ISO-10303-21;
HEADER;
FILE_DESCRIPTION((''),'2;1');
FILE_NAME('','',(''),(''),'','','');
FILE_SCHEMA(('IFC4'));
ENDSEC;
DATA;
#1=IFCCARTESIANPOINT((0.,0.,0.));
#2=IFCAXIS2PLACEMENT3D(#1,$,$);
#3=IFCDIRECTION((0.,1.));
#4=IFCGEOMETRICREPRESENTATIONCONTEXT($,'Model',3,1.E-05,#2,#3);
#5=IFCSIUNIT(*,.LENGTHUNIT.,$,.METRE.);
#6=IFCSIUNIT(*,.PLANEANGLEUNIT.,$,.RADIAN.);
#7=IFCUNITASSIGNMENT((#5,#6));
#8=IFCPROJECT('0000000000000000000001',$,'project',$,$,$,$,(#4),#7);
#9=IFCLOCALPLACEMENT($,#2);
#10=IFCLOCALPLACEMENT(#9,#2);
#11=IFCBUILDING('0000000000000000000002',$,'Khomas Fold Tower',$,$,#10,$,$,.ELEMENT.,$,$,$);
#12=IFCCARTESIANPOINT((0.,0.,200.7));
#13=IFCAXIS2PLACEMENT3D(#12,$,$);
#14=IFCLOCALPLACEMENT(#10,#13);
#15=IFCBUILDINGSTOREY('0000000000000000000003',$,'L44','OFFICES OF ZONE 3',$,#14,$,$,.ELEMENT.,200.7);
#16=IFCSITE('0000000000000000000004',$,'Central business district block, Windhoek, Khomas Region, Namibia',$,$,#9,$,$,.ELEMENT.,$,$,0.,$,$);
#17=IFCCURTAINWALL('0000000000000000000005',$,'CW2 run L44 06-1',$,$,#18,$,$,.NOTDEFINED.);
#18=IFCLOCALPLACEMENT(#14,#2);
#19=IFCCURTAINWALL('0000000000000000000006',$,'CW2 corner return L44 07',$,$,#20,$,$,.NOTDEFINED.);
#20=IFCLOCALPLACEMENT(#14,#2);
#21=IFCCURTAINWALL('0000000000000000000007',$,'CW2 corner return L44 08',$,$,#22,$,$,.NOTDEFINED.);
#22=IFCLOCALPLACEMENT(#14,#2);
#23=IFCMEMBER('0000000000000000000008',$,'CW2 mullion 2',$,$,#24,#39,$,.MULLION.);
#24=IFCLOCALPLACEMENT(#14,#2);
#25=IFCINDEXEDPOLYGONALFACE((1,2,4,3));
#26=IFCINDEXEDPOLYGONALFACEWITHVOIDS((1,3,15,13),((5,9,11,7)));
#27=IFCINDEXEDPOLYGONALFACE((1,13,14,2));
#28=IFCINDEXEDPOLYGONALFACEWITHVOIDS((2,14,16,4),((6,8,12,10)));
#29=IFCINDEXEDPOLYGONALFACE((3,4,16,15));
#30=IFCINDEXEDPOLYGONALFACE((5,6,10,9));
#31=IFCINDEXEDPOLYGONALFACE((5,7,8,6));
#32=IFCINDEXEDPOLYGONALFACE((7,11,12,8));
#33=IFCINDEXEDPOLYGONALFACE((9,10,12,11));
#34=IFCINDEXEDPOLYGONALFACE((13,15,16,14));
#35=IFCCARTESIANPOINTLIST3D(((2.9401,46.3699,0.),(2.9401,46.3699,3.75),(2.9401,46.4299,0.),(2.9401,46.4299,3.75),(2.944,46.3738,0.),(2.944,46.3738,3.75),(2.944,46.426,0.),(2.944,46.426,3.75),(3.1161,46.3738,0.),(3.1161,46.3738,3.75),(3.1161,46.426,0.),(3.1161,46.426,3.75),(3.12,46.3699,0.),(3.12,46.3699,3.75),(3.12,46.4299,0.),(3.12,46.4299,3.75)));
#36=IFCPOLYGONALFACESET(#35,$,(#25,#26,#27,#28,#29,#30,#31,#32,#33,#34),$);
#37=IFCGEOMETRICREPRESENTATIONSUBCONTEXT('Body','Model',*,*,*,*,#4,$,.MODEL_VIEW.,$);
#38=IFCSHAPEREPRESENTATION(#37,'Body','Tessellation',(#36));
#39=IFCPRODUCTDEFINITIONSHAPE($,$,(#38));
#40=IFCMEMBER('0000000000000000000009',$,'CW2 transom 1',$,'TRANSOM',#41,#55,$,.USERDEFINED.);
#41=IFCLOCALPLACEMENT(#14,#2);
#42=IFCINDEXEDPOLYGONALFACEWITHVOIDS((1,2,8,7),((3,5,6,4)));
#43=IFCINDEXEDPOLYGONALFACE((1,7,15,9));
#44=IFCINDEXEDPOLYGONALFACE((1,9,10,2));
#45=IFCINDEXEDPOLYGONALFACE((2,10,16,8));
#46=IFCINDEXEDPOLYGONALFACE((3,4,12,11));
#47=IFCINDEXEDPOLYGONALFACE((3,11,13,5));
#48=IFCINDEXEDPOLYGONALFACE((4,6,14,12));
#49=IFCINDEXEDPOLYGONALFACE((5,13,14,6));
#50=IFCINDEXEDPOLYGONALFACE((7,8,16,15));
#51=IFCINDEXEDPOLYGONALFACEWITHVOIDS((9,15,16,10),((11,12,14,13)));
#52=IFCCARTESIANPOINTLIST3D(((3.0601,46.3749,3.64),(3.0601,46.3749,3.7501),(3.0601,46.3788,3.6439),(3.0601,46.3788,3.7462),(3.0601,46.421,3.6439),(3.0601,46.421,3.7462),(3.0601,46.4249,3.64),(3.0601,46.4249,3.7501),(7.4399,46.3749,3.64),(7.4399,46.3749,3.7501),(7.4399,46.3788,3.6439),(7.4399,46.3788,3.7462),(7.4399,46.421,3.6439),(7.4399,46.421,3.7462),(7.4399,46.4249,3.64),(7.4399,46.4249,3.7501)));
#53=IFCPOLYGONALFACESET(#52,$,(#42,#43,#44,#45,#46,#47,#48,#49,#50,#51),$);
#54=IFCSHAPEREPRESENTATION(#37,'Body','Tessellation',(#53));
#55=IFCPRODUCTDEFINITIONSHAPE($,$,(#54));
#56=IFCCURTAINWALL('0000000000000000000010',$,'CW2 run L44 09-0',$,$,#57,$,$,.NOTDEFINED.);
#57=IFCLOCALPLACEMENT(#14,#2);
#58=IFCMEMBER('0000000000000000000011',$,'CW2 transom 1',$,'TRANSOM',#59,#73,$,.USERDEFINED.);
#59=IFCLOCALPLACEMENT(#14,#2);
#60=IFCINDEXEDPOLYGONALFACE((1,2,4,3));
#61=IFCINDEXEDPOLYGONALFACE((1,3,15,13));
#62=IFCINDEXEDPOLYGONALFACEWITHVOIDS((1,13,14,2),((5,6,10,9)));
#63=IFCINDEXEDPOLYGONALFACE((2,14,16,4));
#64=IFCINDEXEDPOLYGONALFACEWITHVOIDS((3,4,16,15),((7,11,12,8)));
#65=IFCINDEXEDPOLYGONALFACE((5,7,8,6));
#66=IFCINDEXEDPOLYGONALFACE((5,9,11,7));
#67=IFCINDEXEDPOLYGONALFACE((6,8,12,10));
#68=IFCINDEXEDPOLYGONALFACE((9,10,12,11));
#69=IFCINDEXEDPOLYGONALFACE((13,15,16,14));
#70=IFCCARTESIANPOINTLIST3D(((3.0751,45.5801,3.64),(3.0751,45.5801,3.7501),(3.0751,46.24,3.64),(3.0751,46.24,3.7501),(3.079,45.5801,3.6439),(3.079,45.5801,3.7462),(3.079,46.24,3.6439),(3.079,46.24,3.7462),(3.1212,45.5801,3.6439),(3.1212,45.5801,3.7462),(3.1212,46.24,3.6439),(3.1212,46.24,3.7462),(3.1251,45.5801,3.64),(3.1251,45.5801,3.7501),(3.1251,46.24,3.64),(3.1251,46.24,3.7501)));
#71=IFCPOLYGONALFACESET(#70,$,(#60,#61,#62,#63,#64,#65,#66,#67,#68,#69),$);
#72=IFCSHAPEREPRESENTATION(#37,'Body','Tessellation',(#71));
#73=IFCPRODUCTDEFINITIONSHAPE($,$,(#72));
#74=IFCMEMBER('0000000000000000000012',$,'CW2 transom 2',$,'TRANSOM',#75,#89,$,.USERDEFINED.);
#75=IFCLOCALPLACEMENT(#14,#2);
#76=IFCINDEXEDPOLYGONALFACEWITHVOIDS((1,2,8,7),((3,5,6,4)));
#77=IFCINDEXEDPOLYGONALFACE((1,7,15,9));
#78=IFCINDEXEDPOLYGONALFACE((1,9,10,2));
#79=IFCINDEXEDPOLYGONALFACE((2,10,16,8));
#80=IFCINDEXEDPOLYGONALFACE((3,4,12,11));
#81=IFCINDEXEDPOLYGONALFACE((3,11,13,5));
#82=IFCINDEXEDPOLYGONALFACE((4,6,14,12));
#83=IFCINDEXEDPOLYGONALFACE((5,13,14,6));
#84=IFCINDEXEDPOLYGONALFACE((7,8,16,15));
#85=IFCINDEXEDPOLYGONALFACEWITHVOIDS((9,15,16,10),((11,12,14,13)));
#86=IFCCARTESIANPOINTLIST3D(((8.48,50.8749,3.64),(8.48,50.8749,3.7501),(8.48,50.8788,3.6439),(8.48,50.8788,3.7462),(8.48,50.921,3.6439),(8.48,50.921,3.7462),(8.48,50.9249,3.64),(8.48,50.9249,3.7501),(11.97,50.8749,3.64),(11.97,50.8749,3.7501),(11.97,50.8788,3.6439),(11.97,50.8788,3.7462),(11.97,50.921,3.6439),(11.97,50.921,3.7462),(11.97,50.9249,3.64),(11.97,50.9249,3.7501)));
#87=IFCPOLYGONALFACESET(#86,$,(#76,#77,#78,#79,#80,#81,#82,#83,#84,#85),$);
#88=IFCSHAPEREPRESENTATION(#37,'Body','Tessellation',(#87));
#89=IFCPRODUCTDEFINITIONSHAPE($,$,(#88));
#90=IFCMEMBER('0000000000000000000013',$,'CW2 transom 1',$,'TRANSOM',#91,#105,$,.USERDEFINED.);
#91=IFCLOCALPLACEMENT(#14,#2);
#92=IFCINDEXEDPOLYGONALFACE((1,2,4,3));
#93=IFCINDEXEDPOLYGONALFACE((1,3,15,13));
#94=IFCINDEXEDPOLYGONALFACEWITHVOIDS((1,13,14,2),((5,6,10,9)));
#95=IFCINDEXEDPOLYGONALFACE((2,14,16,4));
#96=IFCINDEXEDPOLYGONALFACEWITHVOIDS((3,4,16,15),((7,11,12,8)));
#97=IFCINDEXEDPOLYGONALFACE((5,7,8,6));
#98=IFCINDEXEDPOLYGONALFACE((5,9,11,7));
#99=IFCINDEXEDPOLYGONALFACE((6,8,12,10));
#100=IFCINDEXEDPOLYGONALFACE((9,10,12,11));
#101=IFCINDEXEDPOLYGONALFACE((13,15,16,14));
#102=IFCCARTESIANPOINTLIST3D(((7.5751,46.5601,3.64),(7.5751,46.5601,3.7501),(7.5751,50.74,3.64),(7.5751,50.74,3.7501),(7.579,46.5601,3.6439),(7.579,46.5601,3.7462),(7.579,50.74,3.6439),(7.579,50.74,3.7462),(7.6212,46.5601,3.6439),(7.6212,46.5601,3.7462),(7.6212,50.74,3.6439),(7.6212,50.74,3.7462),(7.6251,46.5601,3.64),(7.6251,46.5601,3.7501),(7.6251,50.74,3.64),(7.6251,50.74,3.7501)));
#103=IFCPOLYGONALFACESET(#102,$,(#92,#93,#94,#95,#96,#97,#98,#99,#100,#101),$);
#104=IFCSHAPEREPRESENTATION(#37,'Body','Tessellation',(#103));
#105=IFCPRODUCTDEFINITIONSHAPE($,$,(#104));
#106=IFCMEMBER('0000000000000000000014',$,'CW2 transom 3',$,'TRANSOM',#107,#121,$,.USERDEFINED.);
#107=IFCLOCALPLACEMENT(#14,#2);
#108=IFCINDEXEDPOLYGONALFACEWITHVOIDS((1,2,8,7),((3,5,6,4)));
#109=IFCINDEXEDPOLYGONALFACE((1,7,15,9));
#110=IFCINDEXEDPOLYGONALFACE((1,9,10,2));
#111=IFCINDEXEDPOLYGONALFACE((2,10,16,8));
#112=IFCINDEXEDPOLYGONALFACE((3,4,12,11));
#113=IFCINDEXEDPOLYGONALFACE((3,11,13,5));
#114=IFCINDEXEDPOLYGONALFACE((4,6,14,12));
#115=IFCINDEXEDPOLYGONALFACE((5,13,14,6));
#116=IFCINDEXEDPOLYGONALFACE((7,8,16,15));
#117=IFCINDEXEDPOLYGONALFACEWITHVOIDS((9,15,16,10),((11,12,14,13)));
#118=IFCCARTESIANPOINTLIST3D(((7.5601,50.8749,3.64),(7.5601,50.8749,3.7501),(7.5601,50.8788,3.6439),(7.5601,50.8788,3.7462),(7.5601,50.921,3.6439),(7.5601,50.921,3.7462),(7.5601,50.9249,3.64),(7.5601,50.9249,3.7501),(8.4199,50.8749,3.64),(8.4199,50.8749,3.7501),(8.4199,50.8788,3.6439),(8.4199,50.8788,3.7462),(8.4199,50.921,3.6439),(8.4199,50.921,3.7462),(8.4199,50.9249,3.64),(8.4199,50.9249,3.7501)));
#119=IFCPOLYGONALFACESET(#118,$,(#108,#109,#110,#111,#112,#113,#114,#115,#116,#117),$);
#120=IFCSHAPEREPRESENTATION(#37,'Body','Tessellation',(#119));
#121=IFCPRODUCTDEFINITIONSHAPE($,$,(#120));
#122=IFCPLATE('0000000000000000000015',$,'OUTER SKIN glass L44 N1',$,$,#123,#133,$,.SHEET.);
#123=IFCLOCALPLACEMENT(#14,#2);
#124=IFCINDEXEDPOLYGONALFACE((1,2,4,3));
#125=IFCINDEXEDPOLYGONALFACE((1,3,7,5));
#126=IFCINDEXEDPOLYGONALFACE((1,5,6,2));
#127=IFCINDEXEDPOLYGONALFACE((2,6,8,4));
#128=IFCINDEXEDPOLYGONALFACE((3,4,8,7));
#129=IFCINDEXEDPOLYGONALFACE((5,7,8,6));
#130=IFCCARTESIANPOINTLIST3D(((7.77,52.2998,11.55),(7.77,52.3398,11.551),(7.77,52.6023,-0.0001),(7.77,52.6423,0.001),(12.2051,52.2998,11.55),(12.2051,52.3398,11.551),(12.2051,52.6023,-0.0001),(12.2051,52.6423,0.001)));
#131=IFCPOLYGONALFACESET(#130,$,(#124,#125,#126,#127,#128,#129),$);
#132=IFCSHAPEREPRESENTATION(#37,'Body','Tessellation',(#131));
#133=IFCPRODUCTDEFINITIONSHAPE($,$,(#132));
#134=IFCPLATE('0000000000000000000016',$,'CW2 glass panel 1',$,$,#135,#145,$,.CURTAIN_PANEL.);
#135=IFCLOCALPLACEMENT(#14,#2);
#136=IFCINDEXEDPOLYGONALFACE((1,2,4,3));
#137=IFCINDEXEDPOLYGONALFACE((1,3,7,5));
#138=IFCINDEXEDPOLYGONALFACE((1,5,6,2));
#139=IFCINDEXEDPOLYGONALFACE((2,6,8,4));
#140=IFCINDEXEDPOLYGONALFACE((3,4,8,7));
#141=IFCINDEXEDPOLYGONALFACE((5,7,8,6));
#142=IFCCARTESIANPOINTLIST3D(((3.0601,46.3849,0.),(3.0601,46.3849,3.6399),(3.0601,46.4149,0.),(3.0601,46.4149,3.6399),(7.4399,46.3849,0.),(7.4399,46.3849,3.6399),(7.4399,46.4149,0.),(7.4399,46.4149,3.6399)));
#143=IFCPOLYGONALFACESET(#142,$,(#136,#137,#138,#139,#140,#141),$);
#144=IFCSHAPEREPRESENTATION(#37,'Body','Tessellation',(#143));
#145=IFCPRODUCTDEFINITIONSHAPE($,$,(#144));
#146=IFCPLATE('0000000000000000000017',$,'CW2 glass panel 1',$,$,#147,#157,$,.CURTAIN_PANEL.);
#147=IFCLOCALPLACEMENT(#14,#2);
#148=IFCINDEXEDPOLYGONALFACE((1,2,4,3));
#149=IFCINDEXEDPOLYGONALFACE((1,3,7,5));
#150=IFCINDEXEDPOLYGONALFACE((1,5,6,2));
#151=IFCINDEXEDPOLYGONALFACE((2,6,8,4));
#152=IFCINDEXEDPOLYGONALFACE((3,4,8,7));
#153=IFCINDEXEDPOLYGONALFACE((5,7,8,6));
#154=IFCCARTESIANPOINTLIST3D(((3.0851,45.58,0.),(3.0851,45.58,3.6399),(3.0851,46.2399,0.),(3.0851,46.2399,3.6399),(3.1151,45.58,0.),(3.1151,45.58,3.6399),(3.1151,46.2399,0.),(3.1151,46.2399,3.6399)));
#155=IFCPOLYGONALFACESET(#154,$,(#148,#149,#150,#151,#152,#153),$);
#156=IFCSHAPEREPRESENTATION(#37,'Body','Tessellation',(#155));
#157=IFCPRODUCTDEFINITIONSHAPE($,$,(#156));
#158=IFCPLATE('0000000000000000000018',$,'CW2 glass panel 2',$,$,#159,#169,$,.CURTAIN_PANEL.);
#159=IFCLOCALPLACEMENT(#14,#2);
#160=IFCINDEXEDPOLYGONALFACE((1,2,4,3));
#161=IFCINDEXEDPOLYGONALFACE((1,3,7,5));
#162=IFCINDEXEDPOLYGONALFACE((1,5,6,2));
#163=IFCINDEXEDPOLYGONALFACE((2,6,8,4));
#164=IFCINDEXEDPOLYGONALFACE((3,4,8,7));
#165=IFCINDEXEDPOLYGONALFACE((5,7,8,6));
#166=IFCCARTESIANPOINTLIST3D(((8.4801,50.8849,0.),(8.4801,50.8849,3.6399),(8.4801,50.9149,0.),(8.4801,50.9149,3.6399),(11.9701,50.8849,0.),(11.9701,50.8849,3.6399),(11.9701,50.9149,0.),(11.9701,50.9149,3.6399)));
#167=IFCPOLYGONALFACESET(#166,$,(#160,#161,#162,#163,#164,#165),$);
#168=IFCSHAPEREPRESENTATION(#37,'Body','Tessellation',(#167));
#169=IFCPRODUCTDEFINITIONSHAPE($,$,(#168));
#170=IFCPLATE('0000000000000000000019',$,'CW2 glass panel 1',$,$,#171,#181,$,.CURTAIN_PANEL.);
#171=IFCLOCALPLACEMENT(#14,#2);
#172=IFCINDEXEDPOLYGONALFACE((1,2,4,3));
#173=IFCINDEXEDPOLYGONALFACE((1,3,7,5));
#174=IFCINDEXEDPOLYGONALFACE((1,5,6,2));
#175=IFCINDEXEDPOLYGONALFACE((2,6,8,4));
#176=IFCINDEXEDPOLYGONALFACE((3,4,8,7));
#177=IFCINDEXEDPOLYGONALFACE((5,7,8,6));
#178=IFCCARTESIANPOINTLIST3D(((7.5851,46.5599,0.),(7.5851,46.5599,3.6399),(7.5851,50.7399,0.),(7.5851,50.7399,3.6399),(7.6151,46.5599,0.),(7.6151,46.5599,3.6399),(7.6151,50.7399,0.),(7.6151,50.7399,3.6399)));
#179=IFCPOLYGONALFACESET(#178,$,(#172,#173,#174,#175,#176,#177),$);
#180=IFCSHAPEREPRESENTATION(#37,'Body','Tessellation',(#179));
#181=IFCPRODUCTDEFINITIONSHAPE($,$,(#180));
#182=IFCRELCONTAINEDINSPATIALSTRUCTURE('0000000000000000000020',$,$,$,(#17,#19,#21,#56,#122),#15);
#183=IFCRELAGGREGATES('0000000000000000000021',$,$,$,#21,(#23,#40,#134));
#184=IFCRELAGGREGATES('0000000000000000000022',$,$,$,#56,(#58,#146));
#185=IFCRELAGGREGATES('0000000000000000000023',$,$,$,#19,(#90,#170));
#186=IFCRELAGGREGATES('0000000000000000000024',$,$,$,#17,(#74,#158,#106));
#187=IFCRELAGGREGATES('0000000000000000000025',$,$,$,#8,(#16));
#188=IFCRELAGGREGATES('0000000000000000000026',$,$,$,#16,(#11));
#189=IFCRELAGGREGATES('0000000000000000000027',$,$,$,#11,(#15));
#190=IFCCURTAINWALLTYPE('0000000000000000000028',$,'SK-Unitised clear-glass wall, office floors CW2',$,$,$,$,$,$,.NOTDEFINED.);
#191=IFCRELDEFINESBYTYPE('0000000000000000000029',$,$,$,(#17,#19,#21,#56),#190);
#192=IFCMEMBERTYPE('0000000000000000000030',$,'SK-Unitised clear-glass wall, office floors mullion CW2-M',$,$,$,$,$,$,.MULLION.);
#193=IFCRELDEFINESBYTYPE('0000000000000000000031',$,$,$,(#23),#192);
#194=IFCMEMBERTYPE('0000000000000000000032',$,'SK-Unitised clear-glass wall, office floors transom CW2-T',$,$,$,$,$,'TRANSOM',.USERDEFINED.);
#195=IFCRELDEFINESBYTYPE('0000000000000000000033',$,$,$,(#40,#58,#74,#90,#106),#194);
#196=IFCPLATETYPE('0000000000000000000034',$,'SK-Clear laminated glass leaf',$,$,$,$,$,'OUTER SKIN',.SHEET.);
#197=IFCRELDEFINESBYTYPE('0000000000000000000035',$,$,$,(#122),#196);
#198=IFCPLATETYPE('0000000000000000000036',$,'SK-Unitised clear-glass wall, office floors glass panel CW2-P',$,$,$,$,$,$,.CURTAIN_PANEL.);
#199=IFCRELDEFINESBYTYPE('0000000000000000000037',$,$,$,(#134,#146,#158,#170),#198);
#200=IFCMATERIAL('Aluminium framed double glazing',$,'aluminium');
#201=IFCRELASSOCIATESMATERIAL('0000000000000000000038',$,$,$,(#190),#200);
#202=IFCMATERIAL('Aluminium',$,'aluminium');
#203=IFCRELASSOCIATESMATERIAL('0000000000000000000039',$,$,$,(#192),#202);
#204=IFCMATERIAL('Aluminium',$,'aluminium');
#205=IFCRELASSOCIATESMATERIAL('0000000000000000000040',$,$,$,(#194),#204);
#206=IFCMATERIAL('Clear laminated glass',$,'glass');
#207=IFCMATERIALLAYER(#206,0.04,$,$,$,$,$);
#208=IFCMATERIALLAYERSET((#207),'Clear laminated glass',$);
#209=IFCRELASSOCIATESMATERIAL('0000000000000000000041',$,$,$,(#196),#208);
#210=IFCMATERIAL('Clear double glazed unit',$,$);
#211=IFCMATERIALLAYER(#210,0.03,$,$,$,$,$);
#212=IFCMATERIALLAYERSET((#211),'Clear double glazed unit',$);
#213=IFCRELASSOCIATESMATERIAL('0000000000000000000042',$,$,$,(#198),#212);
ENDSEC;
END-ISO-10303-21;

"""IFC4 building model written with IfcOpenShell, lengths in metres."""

from ifc_helpers import new_model, si_unit, direction, frame, origin, origin_2d, place, context, subcontext, project, spatial, polyline, rectangle, hollow_rectangle, outline, extrude, source, transform, mapped, material, layer, layer_set, material_profile, profile_set, type_object, element, aggregate, save


model = new_model("IFC4")

# Units and contexts
model_context = context("Model", 3, precision=1e-05, world=origin(), true_north=direction((0.0, 1.0)))
body_context = subcontext(model_context, "Body", "Model", "MODEL_VIEW")
ifc_project = project(units=[si_unit("LENGTHUNIT", "METRE"), si_unit("PLANEANGLEUNIT", "RADIAN")], contexts=[model_context])

# Site, building, storey
site_placement = place(None, origin())
site = spatial("IfcSite", under=ifc_project, at=site_placement, Name="Central business district block, Windhoek, Khomas Region, Namibia", CompositionType="ELEMENT", RefElevation=0.0)
building_placement = place(site_placement, origin())
building = spatial("IfcBuilding", under=site, at=building_placement, Name="Khomas Fold Tower", CompositionType="ELEMENT")
storey_placement = place(building_placement, frame((0.0, 0.0, 200.7)))
storey = spatial("IfcBuildingStorey", under=building, at=storey_placement, Name="L44", Description="OFFICES OF ZONE 3", CompositionType="ELEMENT", Elevation=200.7)

# Curtain walls, members
ifc_material_1 = material(Name="Aluminium framed double glazing", Category="aluminium")
curtain_wall_type = type_object("IfcCurtainWallType", Name="SK-Unitised clear-glass wall, office floors CW2", PredefinedType="NOTDEFINED", material=ifc_material_1)
curtain_wall_1_placement = place(storey_placement, origin())
curtain_wall_1 = element("IfcCurtainWall", 1, at=curtain_wall_1_placement, inside=storey, type_object=curtain_wall_type, Name="CW2 run L44 06-1", PredefinedType="NOTDEFINED")
ifc_material_2 = material(Name="Aluminium", Category="aluminium")
ifc_material_profile_1 = material_profile(ifc_material_2, hollow_rectangle(XDim=0.0601, YDim=0.1799, WallThickness=0.0039, at=origin_2d()), Name="SK-Unitised clear-glass wall, office floors mullion CW2-M")
ifc_profile_set_1 = profile_set([ifc_material_profile_1], Name="Aluminium")
member_type_1 = type_object("IfcMemberType", Name="SK-Unitised clear-glass wall, office floors mullion CW2-M", PredefinedType="MULLION", material=ifc_profile_set_1)
shared_shape_1 = source(origin(), body_context, "Body", "SweptSolid", [
    extrude(hollow_rectangle(XDim=0.0601, YDim=0.1799, WallThickness=0.0039, at=origin_2d()), origin(), (0.0, 0.0, 1.0), 3.75),
])
curtain_wall_2_placement = place(storey_placement, origin())
curtain_wall_2 = element("IfcCurtainWall", 2, at=curtain_wall_2_placement, inside=storey, type_object=curtain_wall_type, Name="CW2 corner return L44 07", PredefinedType="NOTDEFINED")
curtain_wall_3_placement = place(storey_placement, origin())
curtain_wall_3 = element("IfcCurtainWall", 3, at=curtain_wall_3_placement, inside=storey, type_object=curtain_wall_type, Name="CW2 corner return L44 08", PredefinedType="NOTDEFINED")
member_1_placement = place(storey_placement, frame((3.03, 46.3999, 0.0), z_axis=(0.0, 0.0, 1.0), x_axis=(0.0, -1.0, 0.0)))
member_1 = element("IfcMember", 4, at=member_1_placement, type_object=member_type_1, Name="CW2 mullion 2", PredefinedType="MULLION", context=body_context, shape_type="MappedRepresentation", body=[
    mapped(shared_shape_1, transform((0.0, 0.0, 0.0))),
])
ifc_material_3 = material(Name="Aluminium", Category="aluminium")
ifc_material_profile_2 = material_profile(ifc_material_3, hollow_rectangle(XDim=0.05, YDim=0.1101, WallThickness=0.0039, at=origin_2d()), Name="SK-Unitised clear-glass wall, office floors transom CW2-T")
ifc_profile_set_2 = profile_set([ifc_material_profile_2], Name="Aluminium")
member_type_2 = type_object("IfcMemberType", Name="SK-Unitised clear-glass wall, office floors transom CW2-T", ElementType="TRANSOM", PredefinedType="USERDEFINED", material=ifc_profile_set_2)
shared_shape_2 = source(origin(), body_context, "Body", "SweptSolid", [
    extrude(hollow_rectangle(XDim=0.05, YDim=0.1101, WallThickness=0.0039, at=origin_2d()), origin(), (0.0, 0.0, 1.0), 4.3799),
])
member_2_placement = place(storey_placement, frame((7.4399, 46.3999, 3.6951), z_axis=(-1.0, 0.0, 0.0), x_axis=(0.0, -1.0, 0.0)))
member_2 = element("IfcMember", 5, at=member_2_placement, type_object=member_type_2, Name="CW2 transom 1", ObjectType="TRANSOM", PredefinedType="USERDEFINED", context=body_context, shape_type="MappedRepresentation", body=[
    mapped(shared_shape_2, transform((0.0, 0.0, 0.0))),
])

# Curtain wall, member
curtain_wall_4_placement = place(storey_placement, origin())
curtain_wall_4 = element("IfcCurtainWall", 6, at=curtain_wall_4_placement, inside=storey, type_object=curtain_wall_type, Name="CW2 run L44 09-0", PredefinedType="NOTDEFINED")
shared_shape_3 = source(origin(), body_context, "Body", "SweptSolid", [
    extrude(hollow_rectangle(XDim=0.05, YDim=0.1101, WallThickness=0.0039, at=origin_2d()), origin(), (0.0, 0.0, 1.0), 0.6599),
])
member_3_placement = place(storey_placement, frame((3.1001, 46.24, 3.6951), z_axis=(0.0, -1.0, 0.0), x_axis=(1.0, 0.0, 0.0)))
member_3 = element("IfcMember", 7, at=member_3_placement, type_object=member_type_2, Name="CW2 transom 1", ObjectType="TRANSOM", PredefinedType="USERDEFINED", context=body_context, shape_type="MappedRepresentation", body=[
    mapped(shared_shape_3, transform((0.0, 0.0, 0.0))),
])

# Members
shared_shape_4 = source(origin(), body_context, "Body", "SweptSolid", [
    extrude(hollow_rectangle(XDim=0.05, YDim=0.1101, WallThickness=0.0039, at=origin_2d()), origin(), (0.0, 0.0, 1.0), 3.49),
])
member_4_placement = place(storey_placement, frame((11.97, 50.8999, 3.6951), z_axis=(-1.0, 0.0, 0.0), x_axis=(0.0, -1.0, 0.0)))
member_4 = element("IfcMember", 8, at=member_4_placement, type_object=member_type_2, Name="CW2 transom 2", ObjectType="TRANSOM", PredefinedType="USERDEFINED", context=body_context, shape_type="MappedRepresentation", body=[
    mapped(shared_shape_4, transform((0.0, 0.0, 0.0))),
])
shared_shape_5 = source(origin(), body_context, "Body", "SweptSolid", [
    extrude(hollow_rectangle(XDim=0.05, YDim=0.1101, WallThickness=0.0039, at=origin_2d()), origin(), (0.0, 0.0, 1.0), 4.1799),
])
member_5_placement = place(storey_placement, frame((7.6001, 50.74, 3.6951), z_axis=(0.0, -1.0, 0.0), x_axis=(1.0, 0.0, 0.0)))
member_5 = element("IfcMember", 9, at=member_5_placement, type_object=member_type_2, Name="CW2 transom 1", ObjectType="TRANSOM", PredefinedType="USERDEFINED", context=body_context, shape_type="MappedRepresentation", body=[
    mapped(shared_shape_5, transform((0.0, 0.0, 0.0))),
])
shared_shape_6 = source(origin(), body_context, "Body", "SweptSolid", [
    extrude(hollow_rectangle(XDim=0.05, YDim=0.1101, WallThickness=0.0039, at=origin_2d()), origin(), (0.0, 0.0, 1.0), 0.8599),
])
member_6_placement = place(storey_placement, frame((8.4199, 50.8999, 3.6951), z_axis=(-1.0, 0.0, 0.0), x_axis=(0.0, -1.0, 0.0)))
member_6 = element("IfcMember", 10, at=member_6_placement, type_object=member_type_2, Name="CW2 transom 3", ObjectType="TRANSOM", PredefinedType="USERDEFINED", context=body_context, shape_type="MappedRepresentation", body=[
    mapped(shared_shape_6, transform((0.0, 0.0, 0.0))),
])

# Plates
ifc_material_4 = material(Name="Clear laminated glass", Category="glass")
ifc_layer_1 = layer(ifc_material_4, 0.04)
ifc_layer_set_1 = layer_set([ifc_layer_1], Name="Clear laminated glass")
plate_type_1 = type_object("IfcPlateType", Name="SK-Clear laminated glass leaf", ElementType="OUTER SKIN", PredefinedType="SHEET", material=ifc_layer_set_1)
plate_1_placement = place(storey_placement, frame((7.77, 52.6423, 0.001), z_axis=(0.0, 0.999657, 0.026181), x_axis=(1.0, 0.0, 0.0)))
element("IfcPlate", 11, at=plate_1_placement, inside=storey, type_object=plate_type_1, Name="OUTER SKIN glass L44 N1", PredefinedType="SHEET", context=body_context, shape_type="SweptSolid", body=[
    extrude(outline(polyline([(0.0, 0.0), (4.4351, 0.0), (4.4351, -11.554), (0.0, -11.554), (0.0, 0.0)])), origin(), (0.0, 0.0, -1.0), 0.04),
])
ifc_material_5 = material(Name="Clear double glazed unit")
ifc_layer_2 = layer(ifc_material_5, 0.03)
ifc_layer_set_2 = layer_set([ifc_layer_2], Name="Clear double glazed unit")
plate_type_2 = type_object("IfcPlateType", Name="SK-Unitised clear-glass wall, office floors glass panel CW2-P", PredefinedType="CURTAIN_PANEL", material=ifc_layer_set_2)
shared_shape_7 = source(origin(), body_context, "Body", "SweptSolid", [
    extrude(rectangle(XDim=4.3799, YDim=0.03, at=origin_2d()), origin(), (0.0, 0.0, 1.0), 3.6399),
])
plate_2_placement = place(storey_placement, frame((5.25, 46.3999, 0.0), z_axis=(0.0, 0.0, 1.0), x_axis=(-1.0, 0.0, 0.0)))
plate_2 = element("IfcPlate", 12, at=plate_2_placement, type_object=plate_type_2, Name="CW2 glass panel 1", PredefinedType="CURTAIN_PANEL", context=body_context, shape_type="MappedRepresentation", body=[
    mapped(shared_shape_7, transform((0.0, 0.0, 0.0))),
])
aggregate(curtain_wall_3, [member_1, member_2, plate_2])
shared_shape_8 = source(origin(), body_context, "Body", "SweptSolid", [
    extrude(rectangle(XDim=0.6599, YDim=0.03, at=origin_2d()), origin(), (0.0, 0.0, 1.0), 3.6399),
])
plate_3_placement = place(storey_placement, frame((3.1001, 45.9099, 0.0), z_axis=(0.0, 0.0, 1.0), x_axis=(0.0, -1.0, 0.0)))
plate_3 = element("IfcPlate", 13, at=plate_3_placement, type_object=plate_type_2, Name="CW2 glass panel 1", PredefinedType="CURTAIN_PANEL", context=body_context, shape_type="MappedRepresentation", body=[
    mapped(shared_shape_8, transform((0.0, 0.0, 0.0))),
])
aggregate(curtain_wall_4, [member_3, plate_3])
shared_shape_9 = source(origin(), body_context, "Body", "SweptSolid", [
    extrude(rectangle(XDim=3.49, YDim=0.03, at=origin_2d()), origin(), (0.0, 0.0, 1.0), 3.6399),
])
plate_4_placement = place(storey_placement, frame((10.2251, 50.8999, 0.0), z_axis=(0.0, 0.0, 1.0), x_axis=(-1.0, 0.0, 0.0)))
plate_4 = element("IfcPlate", 14, at=plate_4_placement, type_object=plate_type_2, Name="CW2 glass panel 2", PredefinedType="CURTAIN_PANEL", context=body_context, shape_type="MappedRepresentation", body=[
    mapped(shared_shape_9, transform((0.0, 0.0, 0.0))),
])
shared_shape_10 = source(origin(), body_context, "Body", "SweptSolid", [
    extrude(rectangle(XDim=4.1799, YDim=0.03, at=origin_2d()), origin(), (0.0, 0.0, 1.0), 3.6399),
])
plate_5_placement = place(storey_placement, frame((7.6001, 48.6499, 0.0), z_axis=(0.0, 0.0, 1.0), x_axis=(0.0, -1.0, 0.0)))
plate_5 = element("IfcPlate", 15, at=plate_5_placement, type_object=plate_type_2, Name="CW2 glass panel 1", PredefinedType="CURTAIN_PANEL", context=body_context, shape_type="MappedRepresentation", body=[
    mapped(shared_shape_10, transform((0.0, 0.0, 0.0))),
])
aggregate(curtain_wall_2, [member_5, plate_5])
aggregate(curtain_wall_1, [member_4, plate_4, member_6])

save(model, "model.ifc")
